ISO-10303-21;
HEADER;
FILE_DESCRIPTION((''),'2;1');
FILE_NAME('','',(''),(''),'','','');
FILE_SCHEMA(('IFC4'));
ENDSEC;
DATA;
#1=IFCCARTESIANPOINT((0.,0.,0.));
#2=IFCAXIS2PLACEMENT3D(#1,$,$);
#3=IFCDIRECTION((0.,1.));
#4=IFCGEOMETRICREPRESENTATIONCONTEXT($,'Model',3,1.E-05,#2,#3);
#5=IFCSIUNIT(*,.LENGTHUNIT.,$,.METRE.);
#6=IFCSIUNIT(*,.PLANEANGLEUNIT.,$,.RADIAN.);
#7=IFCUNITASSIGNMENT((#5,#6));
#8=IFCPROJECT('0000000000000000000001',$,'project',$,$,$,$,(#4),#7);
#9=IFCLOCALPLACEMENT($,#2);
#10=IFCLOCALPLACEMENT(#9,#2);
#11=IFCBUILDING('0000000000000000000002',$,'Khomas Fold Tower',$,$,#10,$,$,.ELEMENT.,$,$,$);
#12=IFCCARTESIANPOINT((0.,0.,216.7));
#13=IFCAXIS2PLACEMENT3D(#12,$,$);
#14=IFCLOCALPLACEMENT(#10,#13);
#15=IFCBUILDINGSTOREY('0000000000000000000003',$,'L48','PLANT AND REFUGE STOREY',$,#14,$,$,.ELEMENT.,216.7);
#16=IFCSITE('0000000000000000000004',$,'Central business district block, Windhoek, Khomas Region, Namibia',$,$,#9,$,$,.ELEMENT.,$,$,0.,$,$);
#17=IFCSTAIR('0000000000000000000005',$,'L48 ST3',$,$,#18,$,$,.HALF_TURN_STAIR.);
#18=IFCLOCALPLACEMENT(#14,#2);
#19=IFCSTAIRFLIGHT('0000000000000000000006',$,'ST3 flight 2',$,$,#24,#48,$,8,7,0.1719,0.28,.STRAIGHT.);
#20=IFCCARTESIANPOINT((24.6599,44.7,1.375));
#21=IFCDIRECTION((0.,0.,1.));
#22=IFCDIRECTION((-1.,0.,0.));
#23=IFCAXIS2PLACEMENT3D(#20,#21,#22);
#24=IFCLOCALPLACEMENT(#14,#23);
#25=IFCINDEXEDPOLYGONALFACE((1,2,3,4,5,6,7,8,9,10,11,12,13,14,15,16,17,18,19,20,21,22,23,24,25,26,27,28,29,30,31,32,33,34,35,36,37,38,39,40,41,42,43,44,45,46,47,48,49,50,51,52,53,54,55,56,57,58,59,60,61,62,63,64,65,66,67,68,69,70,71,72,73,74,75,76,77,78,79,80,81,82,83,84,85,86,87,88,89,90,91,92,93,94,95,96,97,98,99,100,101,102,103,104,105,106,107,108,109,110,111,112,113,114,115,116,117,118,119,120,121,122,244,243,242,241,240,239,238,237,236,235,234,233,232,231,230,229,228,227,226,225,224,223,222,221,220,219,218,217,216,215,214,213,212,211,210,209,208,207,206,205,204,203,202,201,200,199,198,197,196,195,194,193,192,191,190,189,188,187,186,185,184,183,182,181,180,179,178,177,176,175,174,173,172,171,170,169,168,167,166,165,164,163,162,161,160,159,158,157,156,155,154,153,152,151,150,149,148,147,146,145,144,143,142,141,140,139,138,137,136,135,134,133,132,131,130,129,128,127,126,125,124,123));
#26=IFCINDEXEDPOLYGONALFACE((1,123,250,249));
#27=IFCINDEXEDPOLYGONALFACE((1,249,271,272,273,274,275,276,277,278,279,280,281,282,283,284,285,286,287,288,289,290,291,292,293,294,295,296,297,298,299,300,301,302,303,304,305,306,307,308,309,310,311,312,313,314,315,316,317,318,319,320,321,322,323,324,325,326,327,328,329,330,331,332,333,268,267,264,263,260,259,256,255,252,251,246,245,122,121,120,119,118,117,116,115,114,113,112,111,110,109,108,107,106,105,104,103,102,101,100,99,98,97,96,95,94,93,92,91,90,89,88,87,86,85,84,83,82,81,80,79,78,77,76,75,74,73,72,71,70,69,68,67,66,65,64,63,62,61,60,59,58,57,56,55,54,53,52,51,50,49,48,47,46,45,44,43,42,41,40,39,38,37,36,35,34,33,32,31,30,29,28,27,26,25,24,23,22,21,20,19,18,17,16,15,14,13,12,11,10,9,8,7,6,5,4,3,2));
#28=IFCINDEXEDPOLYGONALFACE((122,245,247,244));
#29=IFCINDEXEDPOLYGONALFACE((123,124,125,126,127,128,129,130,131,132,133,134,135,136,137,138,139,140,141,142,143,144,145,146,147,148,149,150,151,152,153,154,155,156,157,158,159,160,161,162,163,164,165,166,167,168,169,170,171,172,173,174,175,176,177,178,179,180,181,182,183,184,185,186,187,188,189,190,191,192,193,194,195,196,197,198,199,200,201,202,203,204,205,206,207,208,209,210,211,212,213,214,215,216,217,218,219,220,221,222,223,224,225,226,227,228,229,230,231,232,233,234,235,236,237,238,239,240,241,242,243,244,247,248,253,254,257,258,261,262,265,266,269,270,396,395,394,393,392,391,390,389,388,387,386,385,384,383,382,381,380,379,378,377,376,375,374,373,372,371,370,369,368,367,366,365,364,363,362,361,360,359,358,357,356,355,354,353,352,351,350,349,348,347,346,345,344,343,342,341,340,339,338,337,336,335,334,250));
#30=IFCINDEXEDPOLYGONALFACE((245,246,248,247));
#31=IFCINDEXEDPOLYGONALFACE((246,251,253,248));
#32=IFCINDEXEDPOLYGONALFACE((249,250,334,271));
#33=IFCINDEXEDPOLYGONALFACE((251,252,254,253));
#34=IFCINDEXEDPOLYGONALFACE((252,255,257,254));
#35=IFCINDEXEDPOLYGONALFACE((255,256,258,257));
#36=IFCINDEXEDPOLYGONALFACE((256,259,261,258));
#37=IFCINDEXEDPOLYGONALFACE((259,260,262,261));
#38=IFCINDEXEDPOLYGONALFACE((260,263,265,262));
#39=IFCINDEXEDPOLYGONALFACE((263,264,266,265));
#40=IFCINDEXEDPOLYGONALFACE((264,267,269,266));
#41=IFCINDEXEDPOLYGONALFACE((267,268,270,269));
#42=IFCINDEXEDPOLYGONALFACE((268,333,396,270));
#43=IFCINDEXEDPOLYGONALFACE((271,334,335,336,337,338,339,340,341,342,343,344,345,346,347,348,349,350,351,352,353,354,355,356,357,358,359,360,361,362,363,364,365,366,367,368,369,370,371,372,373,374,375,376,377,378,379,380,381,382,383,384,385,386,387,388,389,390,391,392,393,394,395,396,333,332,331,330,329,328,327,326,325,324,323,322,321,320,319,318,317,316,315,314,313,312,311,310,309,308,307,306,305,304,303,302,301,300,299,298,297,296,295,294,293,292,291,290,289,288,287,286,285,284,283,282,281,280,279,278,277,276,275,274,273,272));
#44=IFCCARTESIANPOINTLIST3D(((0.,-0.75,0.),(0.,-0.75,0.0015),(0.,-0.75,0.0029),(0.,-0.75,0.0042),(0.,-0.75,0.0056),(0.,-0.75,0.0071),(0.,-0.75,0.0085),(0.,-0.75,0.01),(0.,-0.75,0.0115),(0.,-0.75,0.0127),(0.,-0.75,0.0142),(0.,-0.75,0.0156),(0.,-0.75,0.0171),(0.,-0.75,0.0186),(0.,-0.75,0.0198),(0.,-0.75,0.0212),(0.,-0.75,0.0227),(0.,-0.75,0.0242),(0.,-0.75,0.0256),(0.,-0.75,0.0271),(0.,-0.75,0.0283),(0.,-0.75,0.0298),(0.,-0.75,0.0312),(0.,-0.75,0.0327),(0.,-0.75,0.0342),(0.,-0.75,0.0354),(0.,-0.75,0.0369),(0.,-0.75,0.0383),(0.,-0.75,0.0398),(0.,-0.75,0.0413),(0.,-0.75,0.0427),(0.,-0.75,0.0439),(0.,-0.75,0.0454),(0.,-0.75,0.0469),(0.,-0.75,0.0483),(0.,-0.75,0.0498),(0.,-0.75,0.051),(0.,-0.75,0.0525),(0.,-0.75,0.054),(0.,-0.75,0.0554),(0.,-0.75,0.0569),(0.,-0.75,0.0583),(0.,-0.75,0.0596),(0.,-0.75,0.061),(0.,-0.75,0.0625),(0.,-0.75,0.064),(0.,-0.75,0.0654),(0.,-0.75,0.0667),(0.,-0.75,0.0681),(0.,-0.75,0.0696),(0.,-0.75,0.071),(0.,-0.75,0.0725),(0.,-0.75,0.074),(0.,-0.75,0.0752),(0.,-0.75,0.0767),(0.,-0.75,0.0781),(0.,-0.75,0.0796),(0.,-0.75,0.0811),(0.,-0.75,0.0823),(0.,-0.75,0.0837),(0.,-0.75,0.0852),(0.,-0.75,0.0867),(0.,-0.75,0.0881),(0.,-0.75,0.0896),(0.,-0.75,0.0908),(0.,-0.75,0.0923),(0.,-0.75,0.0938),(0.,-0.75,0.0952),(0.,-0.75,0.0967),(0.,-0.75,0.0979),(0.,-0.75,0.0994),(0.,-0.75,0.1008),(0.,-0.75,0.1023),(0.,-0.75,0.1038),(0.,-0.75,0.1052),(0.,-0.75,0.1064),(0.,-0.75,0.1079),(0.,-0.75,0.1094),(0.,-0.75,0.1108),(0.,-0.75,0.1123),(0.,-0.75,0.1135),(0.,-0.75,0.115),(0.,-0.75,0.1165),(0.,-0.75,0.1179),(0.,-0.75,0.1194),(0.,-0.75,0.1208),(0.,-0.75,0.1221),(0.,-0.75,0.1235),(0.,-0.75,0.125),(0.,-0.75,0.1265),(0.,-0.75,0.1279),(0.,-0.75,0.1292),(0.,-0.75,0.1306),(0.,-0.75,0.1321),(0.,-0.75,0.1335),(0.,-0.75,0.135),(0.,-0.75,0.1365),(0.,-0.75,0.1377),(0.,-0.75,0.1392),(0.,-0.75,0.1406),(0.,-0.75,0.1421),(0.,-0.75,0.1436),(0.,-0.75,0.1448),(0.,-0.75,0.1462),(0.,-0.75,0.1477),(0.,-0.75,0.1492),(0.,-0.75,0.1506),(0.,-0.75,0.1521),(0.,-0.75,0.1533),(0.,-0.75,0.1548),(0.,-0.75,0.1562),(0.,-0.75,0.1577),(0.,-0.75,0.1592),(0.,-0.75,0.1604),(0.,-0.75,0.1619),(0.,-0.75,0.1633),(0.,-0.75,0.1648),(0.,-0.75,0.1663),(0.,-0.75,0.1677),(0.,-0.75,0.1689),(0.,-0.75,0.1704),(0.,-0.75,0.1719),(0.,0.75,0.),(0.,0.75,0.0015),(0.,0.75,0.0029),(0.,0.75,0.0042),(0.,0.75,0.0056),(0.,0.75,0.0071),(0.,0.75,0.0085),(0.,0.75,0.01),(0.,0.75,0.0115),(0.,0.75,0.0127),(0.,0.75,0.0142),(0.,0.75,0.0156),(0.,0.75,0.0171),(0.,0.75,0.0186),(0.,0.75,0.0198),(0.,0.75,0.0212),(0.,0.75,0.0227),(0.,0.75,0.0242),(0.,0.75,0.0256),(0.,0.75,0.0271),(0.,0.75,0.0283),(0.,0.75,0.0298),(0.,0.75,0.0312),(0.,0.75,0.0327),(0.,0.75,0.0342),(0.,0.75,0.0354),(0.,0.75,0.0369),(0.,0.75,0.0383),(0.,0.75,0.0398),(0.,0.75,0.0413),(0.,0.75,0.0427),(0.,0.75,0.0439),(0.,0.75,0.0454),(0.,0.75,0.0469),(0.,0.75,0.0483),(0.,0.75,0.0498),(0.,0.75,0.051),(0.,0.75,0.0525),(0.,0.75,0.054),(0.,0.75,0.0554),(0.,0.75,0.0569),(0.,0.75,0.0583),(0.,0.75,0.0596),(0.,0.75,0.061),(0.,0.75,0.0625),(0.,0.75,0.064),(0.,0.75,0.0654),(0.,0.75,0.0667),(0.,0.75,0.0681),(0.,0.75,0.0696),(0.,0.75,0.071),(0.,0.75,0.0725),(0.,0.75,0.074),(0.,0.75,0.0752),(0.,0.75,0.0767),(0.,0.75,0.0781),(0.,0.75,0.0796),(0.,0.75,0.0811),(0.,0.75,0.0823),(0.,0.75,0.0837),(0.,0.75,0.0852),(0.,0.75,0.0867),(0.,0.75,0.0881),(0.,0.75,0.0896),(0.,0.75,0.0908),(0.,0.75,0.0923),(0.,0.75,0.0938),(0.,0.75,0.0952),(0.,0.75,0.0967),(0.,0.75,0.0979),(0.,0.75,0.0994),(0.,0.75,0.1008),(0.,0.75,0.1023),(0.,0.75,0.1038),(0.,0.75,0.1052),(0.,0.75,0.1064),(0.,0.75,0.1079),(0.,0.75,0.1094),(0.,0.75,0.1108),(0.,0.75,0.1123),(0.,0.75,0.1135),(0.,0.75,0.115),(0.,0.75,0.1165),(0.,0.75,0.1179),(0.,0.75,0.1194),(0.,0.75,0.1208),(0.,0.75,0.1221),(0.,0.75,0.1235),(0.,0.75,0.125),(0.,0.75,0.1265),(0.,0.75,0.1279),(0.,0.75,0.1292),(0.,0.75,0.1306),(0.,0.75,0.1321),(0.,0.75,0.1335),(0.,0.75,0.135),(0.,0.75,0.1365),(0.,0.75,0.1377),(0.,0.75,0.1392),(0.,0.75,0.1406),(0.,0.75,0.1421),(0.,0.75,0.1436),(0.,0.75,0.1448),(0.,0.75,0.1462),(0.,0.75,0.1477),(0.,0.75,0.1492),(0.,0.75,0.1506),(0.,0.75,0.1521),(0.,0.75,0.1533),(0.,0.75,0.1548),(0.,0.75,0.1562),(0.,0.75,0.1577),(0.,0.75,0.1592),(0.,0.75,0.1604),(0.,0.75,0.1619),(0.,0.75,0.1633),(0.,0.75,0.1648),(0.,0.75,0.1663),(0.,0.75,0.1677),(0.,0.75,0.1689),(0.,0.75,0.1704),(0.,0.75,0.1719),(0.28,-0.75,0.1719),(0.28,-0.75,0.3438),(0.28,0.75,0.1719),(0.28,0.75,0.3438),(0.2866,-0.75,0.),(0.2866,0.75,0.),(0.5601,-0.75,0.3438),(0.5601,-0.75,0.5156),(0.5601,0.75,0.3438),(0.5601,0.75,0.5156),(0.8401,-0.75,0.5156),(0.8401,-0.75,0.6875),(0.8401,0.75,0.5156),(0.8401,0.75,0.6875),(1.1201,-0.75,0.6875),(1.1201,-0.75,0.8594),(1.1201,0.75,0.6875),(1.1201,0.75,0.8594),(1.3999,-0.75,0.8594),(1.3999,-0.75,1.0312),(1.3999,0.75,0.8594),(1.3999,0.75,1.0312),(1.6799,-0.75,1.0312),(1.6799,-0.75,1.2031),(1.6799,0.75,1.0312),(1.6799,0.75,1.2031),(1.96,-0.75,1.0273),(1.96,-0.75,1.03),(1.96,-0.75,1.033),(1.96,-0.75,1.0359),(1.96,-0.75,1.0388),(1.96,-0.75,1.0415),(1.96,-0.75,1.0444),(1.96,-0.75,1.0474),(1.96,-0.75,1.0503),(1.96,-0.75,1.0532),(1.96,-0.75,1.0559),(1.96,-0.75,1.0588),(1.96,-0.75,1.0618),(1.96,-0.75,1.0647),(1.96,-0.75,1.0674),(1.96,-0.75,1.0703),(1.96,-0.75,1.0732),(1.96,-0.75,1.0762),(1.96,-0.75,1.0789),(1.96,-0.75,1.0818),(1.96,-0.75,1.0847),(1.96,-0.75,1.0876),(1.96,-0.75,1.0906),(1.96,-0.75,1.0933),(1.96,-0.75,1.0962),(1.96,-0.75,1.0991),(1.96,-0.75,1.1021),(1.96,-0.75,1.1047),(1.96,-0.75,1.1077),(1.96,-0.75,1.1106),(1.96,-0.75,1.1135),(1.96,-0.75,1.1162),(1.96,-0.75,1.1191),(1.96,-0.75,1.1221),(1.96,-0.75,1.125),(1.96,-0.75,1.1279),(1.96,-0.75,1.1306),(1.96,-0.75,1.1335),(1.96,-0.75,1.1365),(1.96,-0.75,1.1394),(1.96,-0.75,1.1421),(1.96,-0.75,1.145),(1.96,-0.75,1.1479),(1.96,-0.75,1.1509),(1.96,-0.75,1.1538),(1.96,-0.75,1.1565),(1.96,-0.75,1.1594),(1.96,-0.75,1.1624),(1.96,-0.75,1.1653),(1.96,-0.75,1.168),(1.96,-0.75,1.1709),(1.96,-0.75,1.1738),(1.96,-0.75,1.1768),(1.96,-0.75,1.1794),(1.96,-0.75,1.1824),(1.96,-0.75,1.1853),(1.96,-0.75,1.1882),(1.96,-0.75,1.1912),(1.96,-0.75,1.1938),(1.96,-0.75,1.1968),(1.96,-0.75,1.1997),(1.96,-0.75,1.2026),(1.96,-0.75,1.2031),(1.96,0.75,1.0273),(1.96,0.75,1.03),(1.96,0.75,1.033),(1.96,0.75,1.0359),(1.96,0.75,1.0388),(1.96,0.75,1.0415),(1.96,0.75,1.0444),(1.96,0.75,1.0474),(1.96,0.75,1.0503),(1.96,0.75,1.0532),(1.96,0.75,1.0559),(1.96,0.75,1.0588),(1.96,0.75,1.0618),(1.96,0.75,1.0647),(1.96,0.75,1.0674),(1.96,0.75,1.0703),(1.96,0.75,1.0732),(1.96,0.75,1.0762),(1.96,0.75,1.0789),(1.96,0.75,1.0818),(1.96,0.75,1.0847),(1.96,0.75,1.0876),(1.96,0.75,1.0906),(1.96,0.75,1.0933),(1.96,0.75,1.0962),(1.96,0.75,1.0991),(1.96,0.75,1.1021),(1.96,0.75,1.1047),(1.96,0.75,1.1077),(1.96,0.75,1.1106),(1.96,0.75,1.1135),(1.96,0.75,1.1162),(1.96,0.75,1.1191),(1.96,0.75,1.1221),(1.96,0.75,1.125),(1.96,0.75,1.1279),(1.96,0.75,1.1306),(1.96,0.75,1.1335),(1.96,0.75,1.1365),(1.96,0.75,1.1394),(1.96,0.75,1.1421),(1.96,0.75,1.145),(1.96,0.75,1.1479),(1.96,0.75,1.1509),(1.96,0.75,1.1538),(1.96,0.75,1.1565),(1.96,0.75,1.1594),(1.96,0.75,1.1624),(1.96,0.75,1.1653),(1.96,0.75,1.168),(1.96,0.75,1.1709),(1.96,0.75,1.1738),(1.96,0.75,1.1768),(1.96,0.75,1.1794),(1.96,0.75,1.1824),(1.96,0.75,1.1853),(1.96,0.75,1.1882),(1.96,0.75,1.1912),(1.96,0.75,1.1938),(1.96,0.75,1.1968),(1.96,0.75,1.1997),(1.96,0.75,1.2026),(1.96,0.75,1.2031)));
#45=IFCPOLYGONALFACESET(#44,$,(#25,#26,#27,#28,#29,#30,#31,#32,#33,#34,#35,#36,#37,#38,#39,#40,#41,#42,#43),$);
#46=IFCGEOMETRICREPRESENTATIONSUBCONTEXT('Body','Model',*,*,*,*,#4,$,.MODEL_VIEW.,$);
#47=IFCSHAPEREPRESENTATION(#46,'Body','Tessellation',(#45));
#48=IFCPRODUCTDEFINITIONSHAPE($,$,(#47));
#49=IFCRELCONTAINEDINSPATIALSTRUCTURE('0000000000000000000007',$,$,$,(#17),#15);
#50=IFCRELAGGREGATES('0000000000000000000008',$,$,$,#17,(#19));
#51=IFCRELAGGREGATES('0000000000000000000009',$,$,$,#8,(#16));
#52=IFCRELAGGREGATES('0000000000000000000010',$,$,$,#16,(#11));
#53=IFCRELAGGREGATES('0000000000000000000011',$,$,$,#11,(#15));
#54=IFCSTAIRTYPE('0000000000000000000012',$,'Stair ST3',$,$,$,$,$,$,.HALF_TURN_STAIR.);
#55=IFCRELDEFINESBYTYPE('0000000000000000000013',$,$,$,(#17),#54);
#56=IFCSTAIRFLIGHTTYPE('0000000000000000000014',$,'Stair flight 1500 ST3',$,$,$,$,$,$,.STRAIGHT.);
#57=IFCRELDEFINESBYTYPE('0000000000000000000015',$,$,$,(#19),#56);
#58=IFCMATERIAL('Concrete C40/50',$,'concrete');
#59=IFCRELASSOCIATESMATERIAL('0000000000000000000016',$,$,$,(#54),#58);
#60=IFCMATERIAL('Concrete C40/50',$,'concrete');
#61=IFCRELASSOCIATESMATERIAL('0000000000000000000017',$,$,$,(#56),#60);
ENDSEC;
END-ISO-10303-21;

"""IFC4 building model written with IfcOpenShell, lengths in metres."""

from ifc_helpers import new_model, si_unit, direction, frame, origin, place, context, subcontext, project, spatial, polyline, outline, extrude, source, transform, mapped, material, type_object, element, aggregate, save


model = new_model("IFC4")

# Units and contexts
model_context = context("Model", 3, precision=1e-05, world=origin(), true_north=direction((0.0, 1.0)))
body_context = subcontext(model_context, "Body", "Model", "MODEL_VIEW")
ifc_project = project(units=[si_unit("LENGTHUNIT", "METRE"), si_unit("PLANEANGLEUNIT", "RADIAN")], contexts=[model_context])

# Site, building, storey
site_placement = place(None, origin())
site = spatial("IfcSite", under=ifc_project, at=site_placement, Name="Central business district block, Windhoek, Khomas Region, Namibia", CompositionType="ELEMENT", RefElevation=0.0)
building_placement = place(site_placement, origin())
building = spatial("IfcBuilding", under=site, at=building_placement, Name="Khomas Fold Tower", CompositionType="ELEMENT")
storey_placement = place(building_placement, frame((0.0, 0.0, 216.7)))
storey = spatial("IfcBuildingStorey", under=building, at=storey_placement, Name="L48", Description="PLANT AND REFUGE STOREY", CompositionType="ELEMENT", Elevation=216.7)

# Stair, stair flight
ifc_material_1 = material(Name="Concrete C40/50", Category="concrete")
stair_type = type_object("IfcStairType", Name="Stair ST3", PredefinedType="HALF_TURN_STAIR", material=ifc_material_1)
stair_placement = place(storey_placement, origin())
stair = element("IfcStair", 1, at=stair_placement, inside=storey, type_object=stair_type, Name="L48 ST3", PredefinedType="HALF_TURN_STAIR")
ifc_material_2 = material(Name="Concrete C40/50", Category="concrete")
stair_flight_type = type_object("IfcStairFlightType", Name="Stair flight 1500 ST3", PredefinedType="STRAIGHT", material=ifc_material_2)
shared_shape_1 = source(origin(), body_context, "Body", "SweptSolid", [
    extrude(outline(polyline([(0.0, 0.0), (0.0, 0.0015), (0.0, 0.0029), (0.0, 0.0042), (0.0, 0.0056), (0.0, 0.0071), (0.0, 0.0085), (0.0, 0.01), (0.0, 0.0115), (0.0, 0.0127), (0.0, 0.0142), (0.0, 0.0156), (0.0, 0.0171), (0.0, 0.0186), (0.0, 0.0198), (0.0, 0.0212), (0.0, 0.0227), (0.0, 0.0242), (0.0, 0.0256), (0.0, 0.0271), (0.0, 0.0283), (0.0, 0.0298), (0.0, 0.0312), (0.0, 0.0327), (0.0, 0.0342), (0.0, 0.0354), (0.0, 0.0369), (0.0, 0.0383), (0.0, 0.0398), (0.0, 0.0413), (0.0, 0.0427), (0.0, 0.0439), (0.0, 0.0454), (0.0, 0.0469), (0.0, 0.0483), (0.0, 0.0498), (0.0, 0.051), (0.0, 0.0525), (0.0, 0.054), (0.0, 0.0554), (0.0, 0.0569), (0.0, 0.0583), (0.0, 0.0596), (0.0, 0.061), (0.0, 0.0625), (0.0, 0.064), (0.0, 0.0654), (0.0, 0.0667), (0.0, 0.0681), (0.0, 0.0696), (0.0, 0.071), (0.0, 0.0725), (0.0, 0.074), (0.0, 0.0752), (0.0, 0.0767), (0.0, 0.0781), (0.0, 0.0796), (0.0, 0.0811), (0.0, 0.0823), (0.0, 0.0837), (0.0, 0.0852), (0.0, 0.0867), (0.0, 0.0881), (0.0, 0.0896), (0.0, 0.0908), (0.0, 0.0923), (0.0, 0.0938), (0.0, 0.0952), (0.0, 0.0967), (0.0, 0.0979), (0.0, 0.0994), (0.0, 0.1008), (0.0, 0.1023), (0.0, 0.1038), (0.0, 0.1052), (0.0, 0.1064), (0.0, 0.1079), (0.0, 0.1094), (0.0, 0.1108), (0.0, 0.1123), (0.0, 0.1135), (0.0, 0.115), (0.0, 0.1165), (0.0, 0.1179), (0.0, 0.1194), (0.0, 0.1208), (0.0, 0.1221), (0.0, 0.1235), (0.0, 0.125), (0.0, 0.1265), (0.0, 0.1279), (0.0, 0.1292), (0.0, 0.1306), (0.0, 0.1321), (0.0, 0.1335), (0.0, 0.135), (0.0, 0.1365), (0.0, 0.1377), (0.0, 0.1392), (0.0, 0.1406), (0.0, 0.1421), (0.0, 0.1436), (0.0, 0.1448), (0.0, 0.1462), (0.0, 0.1477), (0.0, 0.1492), (0.0, 0.1506), (0.0, 0.1521), (0.0, 0.1533), (0.0, 0.1548), (0.0, 0.1562), (0.0, 0.1577), (0.0, 0.1592), (0.0, 0.1604), (0.0, 0.1619), (0.0, 0.1633), (0.0, 0.1648), (0.0, 0.1663), (0.0, 0.1677), (0.0, 0.1689), (0.0, 0.1704), (0.0, 0.1719), (0.28, 0.1719), (0.28, 0.3438), (0.5601, 0.3438), (0.5601, 0.5156), (0.8401, 0.5156), (0.8401, 0.6875), (1.1201, 0.6875), (1.1201, 0.8594), (1.3999, 0.8594), (1.3999, 1.0312), (1.6799, 1.0312), (1.6799, 1.2031), (1.96, 1.2031), (1.96, 1.375), (1.96, 1.3721), (1.96, 1.3691), (1.96, 1.3665), (1.96, 1.3635), (1.96, 1.3606), (1.96, 1.3577), (1.96, 1.355), (1.96, 1.3521), (1.96, 1.3491), (1.96, 1.3462), (1.96, 1.3435), (1.96, 1.3406), (1.96, 1.3376), (1.96, 1.3347), (1.96, 1.3318), (1.96, 1.3291), (1.96, 1.3262), (1.96, 1.3232), (1.96, 1.3203), (1.96, 1.3176), (1.96, 1.3147), (1.96, 1.3118), (1.96, 1.3088), (1.96, 1.3059), (1.96, 1.3032), (1.96, 1.3003), (1.96, 1.2974), (1.96, 1.2944), (1.96, 1.2917), (1.96, 1.2888), (1.96, 1.2859), (1.96, 1.283), (1.96, 1.2803), (1.96, 1.2773), (1.96, 1.2744), (1.96, 1.2715), (1.96, 1.2686), (1.96, 1.2659), (1.96, 1.2629), (1.96, 1.26), (1.96, 1.2571), (1.96, 1.2544), (1.96, 1.2515), (1.96, 1.2485), (1.96, 1.2456), (1.96, 1.2427), (1.96, 1.24), (1.96, 1.2371), (1.96, 1.2341), (1.96, 1.2312), (1.96, 1.2285), (1.96, 1.2256), (1.96, 1.2227), (1.96, 1.2197), (1.96, 1.217), (1.96, 1.2141), (1.96, 1.2112), (1.96, 1.2083), (1.96, 1.2053), (1.96, 1.2026), (1.96, 1.1997), (1.96, 1.1968), (1.96, 1.1938), (1.96, 1.1912), (1.96, 1.1882), (1.96, 1.1853), (1.96, 1.1824), (1.96, 1.1794), (1.96, 1.1768), (1.96, 1.1738), (1.96, 1.1709), (1.96, 1.168), (1.96, 1.1653), (1.96, 1.1624), (1.96, 1.1594), (1.96, 1.1565), (1.96, 1.1538), (1.96, 1.1509), (1.96, 1.1479), (1.96, 1.145), (1.96, 1.1421), (1.96, 1.1394), (1.96, 1.1365), (1.96, 1.1335), (1.96, 1.1306), (1.96, 1.1279), (1.96, 1.125), (1.96, 1.1221), (1.96, 1.1191), (1.96, 1.1162), (1.96, 1.1135), (1.96, 1.1106), (1.96, 1.1077), (1.96, 1.1047), (1.96, 1.1021), (1.96, 1.0991), (1.96, 1.0962), (1.96, 1.0933), (1.96, 1.0906), (1.96, 1.0876), (1.96, 1.0847), (1.96, 1.0818), (1.96, 1.0789), (1.96, 1.0762), (1.96, 1.0732), (1.96, 1.0703), (1.96, 1.0674), (1.96, 1.0647), (1.96, 1.0618), (1.96, 1.0588), (1.96, 1.0559), (1.96, 1.0532), (1.96, 1.0503), (1.96, 1.0474), (1.96, 1.0444), (1.96, 1.0415), (1.96, 1.0388), (1.96, 1.0359), (1.96, 1.033), (1.96, 1.03), (1.96, 1.0273), (0.2866, 0.0), (0.0, 0.0)])), frame((0.0, 0.75, 0.0), z_axis=(0.0, -1.0, 0.0), x_axis=(1.0, 0.0, 0.0)), (0.0, 0.0, 1.0), 1.5),
])
stair_flight_1_placement = place(storey_placement, frame((24.6599, 44.7, 1.375), z_axis=(0.0, 0.0, 1.0), x_axis=(-1.0, 0.0, 0.0)))
stair_flight_1 = element("IfcStairFlight", 2, at=stair_flight_1_placement, type_object=stair_flight_type, Name="ST3 flight 2", NumberOfRisers=8, NumberOfTreads=7, PredefinedType="STRAIGHT", RiserHeight=0.1719, TreadLength=0.28, context=body_context, shape_type="MappedRepresentation", body=[
    mapped(shared_shape_1, transform((0.0, 0.0, 0.0))),
])
aggregate(stair, [stair_flight_1])

save(model, "model.ifc")
